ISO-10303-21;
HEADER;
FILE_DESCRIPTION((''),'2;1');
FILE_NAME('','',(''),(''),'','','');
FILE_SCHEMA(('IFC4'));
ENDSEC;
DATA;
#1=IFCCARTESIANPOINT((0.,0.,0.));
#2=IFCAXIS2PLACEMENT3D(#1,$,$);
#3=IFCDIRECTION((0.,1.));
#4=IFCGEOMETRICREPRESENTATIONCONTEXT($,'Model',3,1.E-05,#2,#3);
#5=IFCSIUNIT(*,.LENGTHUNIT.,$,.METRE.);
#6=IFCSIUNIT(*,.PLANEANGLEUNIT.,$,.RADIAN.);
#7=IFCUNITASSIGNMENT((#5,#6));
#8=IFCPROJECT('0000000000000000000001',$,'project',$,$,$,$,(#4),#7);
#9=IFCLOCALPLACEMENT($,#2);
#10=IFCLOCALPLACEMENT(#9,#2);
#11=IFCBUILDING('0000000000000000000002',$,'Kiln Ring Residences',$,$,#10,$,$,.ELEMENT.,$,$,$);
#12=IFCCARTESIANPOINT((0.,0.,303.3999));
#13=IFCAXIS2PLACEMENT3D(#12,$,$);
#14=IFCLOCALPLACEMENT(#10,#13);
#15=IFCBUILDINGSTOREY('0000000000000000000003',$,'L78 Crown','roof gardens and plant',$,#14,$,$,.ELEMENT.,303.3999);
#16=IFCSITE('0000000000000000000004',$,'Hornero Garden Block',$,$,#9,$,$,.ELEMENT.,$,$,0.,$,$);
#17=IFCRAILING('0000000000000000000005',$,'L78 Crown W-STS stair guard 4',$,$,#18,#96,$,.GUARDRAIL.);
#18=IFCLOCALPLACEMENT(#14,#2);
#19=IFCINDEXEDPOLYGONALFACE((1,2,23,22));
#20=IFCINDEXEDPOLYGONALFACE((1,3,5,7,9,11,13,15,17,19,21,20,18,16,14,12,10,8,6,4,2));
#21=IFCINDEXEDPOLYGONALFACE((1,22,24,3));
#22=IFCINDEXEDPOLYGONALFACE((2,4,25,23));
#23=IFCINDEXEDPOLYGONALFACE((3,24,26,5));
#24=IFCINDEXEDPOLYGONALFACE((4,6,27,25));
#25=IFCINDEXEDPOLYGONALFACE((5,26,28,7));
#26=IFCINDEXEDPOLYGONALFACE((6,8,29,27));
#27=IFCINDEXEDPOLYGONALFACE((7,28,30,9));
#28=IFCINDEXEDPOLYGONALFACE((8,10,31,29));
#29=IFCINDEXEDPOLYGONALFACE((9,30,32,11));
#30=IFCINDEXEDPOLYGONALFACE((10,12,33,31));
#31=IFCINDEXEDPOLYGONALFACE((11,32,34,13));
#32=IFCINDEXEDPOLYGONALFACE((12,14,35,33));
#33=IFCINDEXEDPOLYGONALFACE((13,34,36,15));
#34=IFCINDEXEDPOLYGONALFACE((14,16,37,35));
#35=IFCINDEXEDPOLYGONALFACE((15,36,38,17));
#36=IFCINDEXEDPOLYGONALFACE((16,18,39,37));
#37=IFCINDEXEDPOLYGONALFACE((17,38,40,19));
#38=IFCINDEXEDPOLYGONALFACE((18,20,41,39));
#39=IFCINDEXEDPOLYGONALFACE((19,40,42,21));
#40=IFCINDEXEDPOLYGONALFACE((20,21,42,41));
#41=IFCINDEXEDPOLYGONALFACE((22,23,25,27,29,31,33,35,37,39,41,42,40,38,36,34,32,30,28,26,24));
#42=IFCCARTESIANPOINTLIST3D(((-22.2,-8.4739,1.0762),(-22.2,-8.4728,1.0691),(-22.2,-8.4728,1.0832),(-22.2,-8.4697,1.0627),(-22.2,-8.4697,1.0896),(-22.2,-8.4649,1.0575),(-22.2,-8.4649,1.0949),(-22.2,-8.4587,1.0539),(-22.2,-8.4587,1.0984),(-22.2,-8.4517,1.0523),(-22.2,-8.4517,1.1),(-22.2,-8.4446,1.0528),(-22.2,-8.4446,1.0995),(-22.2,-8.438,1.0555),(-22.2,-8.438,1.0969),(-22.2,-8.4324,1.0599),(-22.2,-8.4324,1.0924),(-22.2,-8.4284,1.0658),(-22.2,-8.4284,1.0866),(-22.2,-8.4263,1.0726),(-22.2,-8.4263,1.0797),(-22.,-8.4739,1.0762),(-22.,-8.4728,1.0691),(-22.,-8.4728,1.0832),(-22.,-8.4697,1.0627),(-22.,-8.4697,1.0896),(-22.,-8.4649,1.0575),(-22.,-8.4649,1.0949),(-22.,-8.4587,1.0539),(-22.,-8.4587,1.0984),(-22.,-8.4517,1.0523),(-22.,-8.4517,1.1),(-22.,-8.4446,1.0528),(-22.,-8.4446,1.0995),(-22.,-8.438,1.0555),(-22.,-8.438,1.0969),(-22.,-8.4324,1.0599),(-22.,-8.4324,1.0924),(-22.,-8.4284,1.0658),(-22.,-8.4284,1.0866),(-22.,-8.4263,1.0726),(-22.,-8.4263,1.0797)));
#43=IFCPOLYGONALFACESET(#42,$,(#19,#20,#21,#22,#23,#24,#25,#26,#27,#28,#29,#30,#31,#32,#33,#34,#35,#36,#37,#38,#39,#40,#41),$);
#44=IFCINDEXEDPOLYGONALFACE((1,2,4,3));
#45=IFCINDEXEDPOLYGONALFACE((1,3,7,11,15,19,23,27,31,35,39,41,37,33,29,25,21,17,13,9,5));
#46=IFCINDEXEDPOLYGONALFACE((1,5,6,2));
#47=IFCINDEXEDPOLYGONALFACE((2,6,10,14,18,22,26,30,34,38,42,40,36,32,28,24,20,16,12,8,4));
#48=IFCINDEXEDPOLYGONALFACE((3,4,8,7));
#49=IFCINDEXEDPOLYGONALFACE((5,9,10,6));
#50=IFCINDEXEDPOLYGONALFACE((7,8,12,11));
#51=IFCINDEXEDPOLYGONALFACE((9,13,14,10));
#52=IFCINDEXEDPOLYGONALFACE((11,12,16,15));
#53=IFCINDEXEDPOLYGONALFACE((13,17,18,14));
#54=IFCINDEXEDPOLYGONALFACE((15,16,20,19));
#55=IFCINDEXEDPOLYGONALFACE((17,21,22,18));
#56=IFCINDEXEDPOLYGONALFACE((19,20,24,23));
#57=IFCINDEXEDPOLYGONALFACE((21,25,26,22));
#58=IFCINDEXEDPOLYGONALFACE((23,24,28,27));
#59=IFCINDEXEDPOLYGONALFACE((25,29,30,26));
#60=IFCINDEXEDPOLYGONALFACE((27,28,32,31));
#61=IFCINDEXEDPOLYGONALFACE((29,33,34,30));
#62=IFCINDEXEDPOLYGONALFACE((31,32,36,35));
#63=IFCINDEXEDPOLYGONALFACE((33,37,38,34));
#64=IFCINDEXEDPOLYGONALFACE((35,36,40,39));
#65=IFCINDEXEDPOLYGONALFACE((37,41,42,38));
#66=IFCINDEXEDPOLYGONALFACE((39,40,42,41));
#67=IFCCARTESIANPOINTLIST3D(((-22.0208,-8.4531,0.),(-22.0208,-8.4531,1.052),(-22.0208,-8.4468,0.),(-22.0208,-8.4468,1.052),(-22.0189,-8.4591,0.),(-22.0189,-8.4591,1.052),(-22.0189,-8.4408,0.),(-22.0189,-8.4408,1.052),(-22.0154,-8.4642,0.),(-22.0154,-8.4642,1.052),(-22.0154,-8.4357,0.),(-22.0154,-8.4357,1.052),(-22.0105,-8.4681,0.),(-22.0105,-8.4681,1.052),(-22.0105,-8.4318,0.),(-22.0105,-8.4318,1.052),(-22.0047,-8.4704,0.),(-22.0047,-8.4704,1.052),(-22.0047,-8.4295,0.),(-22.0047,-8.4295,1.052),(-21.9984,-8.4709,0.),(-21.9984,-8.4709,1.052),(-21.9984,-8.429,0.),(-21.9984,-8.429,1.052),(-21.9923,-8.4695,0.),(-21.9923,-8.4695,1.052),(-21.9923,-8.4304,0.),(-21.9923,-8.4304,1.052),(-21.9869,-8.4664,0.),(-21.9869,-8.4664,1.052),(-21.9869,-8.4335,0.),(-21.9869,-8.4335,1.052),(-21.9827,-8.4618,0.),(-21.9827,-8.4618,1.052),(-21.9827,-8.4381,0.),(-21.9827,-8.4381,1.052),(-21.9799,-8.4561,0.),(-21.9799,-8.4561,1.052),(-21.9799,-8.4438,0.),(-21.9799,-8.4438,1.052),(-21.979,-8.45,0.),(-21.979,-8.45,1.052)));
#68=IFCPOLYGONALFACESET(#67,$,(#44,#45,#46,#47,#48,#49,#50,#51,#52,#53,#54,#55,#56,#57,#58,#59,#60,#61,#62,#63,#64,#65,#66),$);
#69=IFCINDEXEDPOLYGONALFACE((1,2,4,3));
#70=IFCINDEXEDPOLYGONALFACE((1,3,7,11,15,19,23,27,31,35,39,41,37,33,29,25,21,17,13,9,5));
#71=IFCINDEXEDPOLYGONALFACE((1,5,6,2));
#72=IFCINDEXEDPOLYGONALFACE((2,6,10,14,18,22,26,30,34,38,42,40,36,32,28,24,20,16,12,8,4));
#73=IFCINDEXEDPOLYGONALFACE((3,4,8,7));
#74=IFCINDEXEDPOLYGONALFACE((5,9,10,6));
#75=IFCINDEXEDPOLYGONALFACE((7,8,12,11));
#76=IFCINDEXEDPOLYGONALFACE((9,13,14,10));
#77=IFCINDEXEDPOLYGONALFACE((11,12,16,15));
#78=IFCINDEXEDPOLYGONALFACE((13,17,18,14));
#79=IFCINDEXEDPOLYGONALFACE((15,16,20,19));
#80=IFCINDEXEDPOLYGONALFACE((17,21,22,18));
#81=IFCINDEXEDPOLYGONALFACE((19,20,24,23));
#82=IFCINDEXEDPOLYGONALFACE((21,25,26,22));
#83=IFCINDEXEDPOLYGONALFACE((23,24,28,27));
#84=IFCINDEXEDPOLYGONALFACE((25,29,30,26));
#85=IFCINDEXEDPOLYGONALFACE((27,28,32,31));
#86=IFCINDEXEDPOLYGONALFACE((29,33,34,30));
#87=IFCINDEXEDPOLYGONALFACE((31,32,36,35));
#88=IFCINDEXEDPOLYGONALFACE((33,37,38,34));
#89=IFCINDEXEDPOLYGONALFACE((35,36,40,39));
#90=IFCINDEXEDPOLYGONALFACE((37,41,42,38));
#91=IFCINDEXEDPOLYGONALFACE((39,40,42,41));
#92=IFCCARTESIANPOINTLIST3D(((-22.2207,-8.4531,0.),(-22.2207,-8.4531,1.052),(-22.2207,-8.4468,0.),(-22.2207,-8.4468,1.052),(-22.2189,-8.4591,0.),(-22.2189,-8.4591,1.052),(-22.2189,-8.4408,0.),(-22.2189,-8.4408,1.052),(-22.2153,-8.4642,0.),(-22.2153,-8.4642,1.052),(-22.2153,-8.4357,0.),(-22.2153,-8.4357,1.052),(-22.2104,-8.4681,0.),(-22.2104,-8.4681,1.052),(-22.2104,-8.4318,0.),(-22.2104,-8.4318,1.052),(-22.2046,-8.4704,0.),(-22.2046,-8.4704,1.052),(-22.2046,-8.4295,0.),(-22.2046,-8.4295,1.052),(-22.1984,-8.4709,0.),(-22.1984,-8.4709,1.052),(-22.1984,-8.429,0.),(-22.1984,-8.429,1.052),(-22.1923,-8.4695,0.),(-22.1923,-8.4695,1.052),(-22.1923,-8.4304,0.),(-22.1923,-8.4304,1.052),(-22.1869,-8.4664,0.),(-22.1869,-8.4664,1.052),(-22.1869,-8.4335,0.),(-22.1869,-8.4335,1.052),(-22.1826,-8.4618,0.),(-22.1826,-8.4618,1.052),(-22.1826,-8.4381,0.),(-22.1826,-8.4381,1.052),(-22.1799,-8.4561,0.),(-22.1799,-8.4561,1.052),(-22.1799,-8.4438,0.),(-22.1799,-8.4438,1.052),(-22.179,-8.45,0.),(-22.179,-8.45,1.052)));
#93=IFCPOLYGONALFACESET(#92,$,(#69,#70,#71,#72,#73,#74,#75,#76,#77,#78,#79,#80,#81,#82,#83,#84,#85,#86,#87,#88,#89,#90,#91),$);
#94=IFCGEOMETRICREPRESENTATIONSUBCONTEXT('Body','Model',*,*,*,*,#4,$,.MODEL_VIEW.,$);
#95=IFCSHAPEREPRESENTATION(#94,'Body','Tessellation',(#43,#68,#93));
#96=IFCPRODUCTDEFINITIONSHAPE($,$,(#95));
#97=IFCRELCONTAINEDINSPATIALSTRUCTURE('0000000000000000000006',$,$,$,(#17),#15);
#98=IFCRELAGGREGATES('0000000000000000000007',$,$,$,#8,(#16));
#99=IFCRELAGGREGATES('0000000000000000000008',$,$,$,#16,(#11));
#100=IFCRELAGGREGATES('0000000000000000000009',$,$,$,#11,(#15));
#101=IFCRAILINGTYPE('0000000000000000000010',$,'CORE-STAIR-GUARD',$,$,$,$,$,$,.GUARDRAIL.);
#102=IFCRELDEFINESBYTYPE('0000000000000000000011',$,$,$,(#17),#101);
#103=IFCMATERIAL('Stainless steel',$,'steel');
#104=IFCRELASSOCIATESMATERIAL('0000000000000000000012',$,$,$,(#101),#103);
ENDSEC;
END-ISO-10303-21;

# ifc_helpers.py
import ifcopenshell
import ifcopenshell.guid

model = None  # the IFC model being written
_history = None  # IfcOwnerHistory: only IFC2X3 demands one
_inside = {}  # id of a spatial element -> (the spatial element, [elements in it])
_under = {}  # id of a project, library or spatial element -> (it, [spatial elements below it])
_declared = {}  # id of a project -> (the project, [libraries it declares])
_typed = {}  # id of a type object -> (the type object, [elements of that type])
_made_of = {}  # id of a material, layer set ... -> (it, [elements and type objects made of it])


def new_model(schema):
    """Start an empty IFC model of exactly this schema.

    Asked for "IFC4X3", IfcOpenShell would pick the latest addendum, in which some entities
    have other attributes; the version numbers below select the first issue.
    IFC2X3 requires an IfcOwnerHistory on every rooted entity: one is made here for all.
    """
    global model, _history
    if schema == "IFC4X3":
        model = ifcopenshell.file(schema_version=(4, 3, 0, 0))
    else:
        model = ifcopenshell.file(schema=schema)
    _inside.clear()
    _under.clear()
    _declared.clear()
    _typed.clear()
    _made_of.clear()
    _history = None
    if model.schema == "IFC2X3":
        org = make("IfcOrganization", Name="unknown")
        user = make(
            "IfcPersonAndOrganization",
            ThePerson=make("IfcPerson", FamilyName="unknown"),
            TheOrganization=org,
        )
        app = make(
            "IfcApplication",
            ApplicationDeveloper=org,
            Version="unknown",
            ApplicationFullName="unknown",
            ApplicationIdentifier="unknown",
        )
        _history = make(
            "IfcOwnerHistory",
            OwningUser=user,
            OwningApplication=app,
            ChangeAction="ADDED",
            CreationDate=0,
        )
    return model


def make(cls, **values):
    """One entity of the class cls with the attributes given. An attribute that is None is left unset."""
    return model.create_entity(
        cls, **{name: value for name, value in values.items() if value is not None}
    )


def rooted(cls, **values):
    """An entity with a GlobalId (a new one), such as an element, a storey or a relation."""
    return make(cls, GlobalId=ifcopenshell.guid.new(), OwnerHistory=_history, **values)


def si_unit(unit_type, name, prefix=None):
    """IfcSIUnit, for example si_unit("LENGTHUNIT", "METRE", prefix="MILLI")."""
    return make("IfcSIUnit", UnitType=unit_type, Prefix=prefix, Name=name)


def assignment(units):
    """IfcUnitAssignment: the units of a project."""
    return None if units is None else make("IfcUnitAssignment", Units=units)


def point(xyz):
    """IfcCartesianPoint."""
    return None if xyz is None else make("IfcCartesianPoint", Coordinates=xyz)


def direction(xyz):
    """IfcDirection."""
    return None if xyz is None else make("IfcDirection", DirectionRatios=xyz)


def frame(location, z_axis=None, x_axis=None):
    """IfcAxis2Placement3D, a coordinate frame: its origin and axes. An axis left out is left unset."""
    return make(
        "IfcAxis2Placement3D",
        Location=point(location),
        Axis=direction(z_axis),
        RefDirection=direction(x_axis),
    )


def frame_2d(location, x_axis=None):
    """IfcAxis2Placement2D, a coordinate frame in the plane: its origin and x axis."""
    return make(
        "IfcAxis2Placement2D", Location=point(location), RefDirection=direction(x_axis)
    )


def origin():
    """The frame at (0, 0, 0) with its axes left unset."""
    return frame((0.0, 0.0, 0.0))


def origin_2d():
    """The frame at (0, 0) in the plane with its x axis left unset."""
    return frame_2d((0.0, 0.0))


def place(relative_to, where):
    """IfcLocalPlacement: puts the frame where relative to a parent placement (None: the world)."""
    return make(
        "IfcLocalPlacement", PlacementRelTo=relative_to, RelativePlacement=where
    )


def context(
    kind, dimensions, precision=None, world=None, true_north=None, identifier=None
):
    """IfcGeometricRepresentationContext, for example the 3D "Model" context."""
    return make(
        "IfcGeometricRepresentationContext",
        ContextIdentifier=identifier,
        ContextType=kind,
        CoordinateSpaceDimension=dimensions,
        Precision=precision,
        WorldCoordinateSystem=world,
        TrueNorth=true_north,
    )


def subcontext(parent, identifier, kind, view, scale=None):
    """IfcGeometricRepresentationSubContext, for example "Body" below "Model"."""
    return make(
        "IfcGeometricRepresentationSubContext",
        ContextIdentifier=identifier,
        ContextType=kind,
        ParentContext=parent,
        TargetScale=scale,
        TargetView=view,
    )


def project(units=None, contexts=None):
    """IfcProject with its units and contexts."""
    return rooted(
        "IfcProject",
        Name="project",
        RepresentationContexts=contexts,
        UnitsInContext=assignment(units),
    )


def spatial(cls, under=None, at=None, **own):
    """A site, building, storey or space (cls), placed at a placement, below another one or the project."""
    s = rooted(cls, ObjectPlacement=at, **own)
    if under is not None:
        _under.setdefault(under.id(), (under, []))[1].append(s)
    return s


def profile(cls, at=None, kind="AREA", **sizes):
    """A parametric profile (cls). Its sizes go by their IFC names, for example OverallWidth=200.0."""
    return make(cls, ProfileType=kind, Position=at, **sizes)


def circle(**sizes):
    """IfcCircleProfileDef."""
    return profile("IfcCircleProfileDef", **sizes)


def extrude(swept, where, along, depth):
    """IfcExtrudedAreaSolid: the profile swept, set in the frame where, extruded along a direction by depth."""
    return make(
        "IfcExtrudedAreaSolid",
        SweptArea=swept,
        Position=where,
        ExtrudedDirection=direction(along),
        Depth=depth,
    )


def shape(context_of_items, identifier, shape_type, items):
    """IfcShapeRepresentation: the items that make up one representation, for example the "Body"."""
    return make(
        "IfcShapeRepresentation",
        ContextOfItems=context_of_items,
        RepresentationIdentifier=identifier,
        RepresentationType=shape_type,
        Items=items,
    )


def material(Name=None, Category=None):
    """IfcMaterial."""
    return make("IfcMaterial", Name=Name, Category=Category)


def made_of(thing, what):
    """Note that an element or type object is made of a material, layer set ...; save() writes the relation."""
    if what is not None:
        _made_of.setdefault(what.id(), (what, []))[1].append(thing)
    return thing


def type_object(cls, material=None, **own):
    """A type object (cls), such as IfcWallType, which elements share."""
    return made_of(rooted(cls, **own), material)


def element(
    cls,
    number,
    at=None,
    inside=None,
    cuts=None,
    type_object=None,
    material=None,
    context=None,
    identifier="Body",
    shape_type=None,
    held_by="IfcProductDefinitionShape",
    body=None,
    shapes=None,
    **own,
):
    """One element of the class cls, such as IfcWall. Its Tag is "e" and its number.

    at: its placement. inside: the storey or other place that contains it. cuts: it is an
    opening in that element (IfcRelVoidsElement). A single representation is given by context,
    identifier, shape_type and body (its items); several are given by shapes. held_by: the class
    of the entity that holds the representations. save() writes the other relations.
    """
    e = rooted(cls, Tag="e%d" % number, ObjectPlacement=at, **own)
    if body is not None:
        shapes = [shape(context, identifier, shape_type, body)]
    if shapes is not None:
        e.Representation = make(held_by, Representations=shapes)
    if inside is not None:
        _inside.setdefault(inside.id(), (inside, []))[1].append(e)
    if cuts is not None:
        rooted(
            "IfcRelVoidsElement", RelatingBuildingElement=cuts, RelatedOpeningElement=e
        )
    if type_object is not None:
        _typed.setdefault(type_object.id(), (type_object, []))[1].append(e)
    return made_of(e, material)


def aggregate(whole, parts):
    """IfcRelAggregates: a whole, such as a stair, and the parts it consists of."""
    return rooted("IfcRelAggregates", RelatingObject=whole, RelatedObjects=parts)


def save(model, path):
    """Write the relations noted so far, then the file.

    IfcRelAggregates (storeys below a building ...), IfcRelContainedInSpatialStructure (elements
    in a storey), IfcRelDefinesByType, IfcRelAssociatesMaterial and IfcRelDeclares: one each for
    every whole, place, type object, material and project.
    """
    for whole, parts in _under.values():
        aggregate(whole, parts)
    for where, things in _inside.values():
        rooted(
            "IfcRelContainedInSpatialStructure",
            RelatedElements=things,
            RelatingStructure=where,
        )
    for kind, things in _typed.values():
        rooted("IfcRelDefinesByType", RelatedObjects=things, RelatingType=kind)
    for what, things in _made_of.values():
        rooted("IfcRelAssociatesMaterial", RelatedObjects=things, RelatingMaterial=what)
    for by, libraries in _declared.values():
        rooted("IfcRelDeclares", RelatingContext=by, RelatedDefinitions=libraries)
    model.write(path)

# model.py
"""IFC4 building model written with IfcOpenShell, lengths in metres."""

from ifc_helpers import new_model, si_unit, direction, frame, origin, origin_2d, place, context, subcontext, project, spatial, circle, extrude, material, type_object, element, save


model = new_model("IFC4")

# Units and contexts
model_context = context("Model", 3, precision=1e-05, world=origin(), true_north=direction((0.0, 1.0)))
body_context = subcontext(model_context, "Body", "Model", "MODEL_VIEW")
ifc_project = project(units=[si_unit("LENGTHUNIT", "METRE"), si_unit("PLANEANGLEUNIT", "RADIAN")], contexts=[model_context])

# Site, building, storey
site_placement = place(None, origin())
site = spatial("IfcSite", under=ifc_project, at=site_placement, Name="Hornero Garden Block", CompositionType="ELEMENT", RefElevation=0.0)
building_placement = place(site_placement, origin())
building = spatial("IfcBuilding", under=site, at=building_placement, Name="Kiln Ring Residences", CompositionType="ELEMENT")
storey_placement = place(building_placement, frame((0.0, 0.0, 303.3999)))
storey = spatial("IfcBuildingStorey", under=building, at=storey_placement, Name="L78 Crown", Description="roof gardens and plant", CompositionType="ELEMENT", Elevation=303.3999)

# Railing
ifc_material_1 = material(Name="Stainless steel", Category="steel")
railing_type_1 = type_object("IfcRailingType", Name="CORE-STAIR-GUARD", PredefinedType="GUARDRAIL", material=ifc_material_1)
railing_1_placement = place(storey_placement, frame((-22.0, -8.45, 0.0)))
element("IfcRailing", 1, at=railing_1_placement, inside=storey, type_object=railing_type_1, Name="L78 Crown W-STS stair guard 4", PredefinedType="GUARDRAIL", context=body_context, shape_type="SweptSolid", body=[
    extrude(circle(Radius=0.0239, at=origin_2d()), frame((0.0, 0.0, 1.0762), z_axis=(-1.0, 0.0, 0.0), x_axis=(0.0, -1.0, 0.0)), (0.0, 0.0, 1.0), 0.2),
    extrude(circle(Radius=0.021, at=origin_2d()), origin(), (0.0, 0.0, 1.0), 1.052),
    extrude(circle(Radius=0.021, at=origin_2d()), frame((-0.2, 0.0, 0.0)), (0.0, 0.0, 1.0), 1.052),
])

save(model, "model.ifc")
